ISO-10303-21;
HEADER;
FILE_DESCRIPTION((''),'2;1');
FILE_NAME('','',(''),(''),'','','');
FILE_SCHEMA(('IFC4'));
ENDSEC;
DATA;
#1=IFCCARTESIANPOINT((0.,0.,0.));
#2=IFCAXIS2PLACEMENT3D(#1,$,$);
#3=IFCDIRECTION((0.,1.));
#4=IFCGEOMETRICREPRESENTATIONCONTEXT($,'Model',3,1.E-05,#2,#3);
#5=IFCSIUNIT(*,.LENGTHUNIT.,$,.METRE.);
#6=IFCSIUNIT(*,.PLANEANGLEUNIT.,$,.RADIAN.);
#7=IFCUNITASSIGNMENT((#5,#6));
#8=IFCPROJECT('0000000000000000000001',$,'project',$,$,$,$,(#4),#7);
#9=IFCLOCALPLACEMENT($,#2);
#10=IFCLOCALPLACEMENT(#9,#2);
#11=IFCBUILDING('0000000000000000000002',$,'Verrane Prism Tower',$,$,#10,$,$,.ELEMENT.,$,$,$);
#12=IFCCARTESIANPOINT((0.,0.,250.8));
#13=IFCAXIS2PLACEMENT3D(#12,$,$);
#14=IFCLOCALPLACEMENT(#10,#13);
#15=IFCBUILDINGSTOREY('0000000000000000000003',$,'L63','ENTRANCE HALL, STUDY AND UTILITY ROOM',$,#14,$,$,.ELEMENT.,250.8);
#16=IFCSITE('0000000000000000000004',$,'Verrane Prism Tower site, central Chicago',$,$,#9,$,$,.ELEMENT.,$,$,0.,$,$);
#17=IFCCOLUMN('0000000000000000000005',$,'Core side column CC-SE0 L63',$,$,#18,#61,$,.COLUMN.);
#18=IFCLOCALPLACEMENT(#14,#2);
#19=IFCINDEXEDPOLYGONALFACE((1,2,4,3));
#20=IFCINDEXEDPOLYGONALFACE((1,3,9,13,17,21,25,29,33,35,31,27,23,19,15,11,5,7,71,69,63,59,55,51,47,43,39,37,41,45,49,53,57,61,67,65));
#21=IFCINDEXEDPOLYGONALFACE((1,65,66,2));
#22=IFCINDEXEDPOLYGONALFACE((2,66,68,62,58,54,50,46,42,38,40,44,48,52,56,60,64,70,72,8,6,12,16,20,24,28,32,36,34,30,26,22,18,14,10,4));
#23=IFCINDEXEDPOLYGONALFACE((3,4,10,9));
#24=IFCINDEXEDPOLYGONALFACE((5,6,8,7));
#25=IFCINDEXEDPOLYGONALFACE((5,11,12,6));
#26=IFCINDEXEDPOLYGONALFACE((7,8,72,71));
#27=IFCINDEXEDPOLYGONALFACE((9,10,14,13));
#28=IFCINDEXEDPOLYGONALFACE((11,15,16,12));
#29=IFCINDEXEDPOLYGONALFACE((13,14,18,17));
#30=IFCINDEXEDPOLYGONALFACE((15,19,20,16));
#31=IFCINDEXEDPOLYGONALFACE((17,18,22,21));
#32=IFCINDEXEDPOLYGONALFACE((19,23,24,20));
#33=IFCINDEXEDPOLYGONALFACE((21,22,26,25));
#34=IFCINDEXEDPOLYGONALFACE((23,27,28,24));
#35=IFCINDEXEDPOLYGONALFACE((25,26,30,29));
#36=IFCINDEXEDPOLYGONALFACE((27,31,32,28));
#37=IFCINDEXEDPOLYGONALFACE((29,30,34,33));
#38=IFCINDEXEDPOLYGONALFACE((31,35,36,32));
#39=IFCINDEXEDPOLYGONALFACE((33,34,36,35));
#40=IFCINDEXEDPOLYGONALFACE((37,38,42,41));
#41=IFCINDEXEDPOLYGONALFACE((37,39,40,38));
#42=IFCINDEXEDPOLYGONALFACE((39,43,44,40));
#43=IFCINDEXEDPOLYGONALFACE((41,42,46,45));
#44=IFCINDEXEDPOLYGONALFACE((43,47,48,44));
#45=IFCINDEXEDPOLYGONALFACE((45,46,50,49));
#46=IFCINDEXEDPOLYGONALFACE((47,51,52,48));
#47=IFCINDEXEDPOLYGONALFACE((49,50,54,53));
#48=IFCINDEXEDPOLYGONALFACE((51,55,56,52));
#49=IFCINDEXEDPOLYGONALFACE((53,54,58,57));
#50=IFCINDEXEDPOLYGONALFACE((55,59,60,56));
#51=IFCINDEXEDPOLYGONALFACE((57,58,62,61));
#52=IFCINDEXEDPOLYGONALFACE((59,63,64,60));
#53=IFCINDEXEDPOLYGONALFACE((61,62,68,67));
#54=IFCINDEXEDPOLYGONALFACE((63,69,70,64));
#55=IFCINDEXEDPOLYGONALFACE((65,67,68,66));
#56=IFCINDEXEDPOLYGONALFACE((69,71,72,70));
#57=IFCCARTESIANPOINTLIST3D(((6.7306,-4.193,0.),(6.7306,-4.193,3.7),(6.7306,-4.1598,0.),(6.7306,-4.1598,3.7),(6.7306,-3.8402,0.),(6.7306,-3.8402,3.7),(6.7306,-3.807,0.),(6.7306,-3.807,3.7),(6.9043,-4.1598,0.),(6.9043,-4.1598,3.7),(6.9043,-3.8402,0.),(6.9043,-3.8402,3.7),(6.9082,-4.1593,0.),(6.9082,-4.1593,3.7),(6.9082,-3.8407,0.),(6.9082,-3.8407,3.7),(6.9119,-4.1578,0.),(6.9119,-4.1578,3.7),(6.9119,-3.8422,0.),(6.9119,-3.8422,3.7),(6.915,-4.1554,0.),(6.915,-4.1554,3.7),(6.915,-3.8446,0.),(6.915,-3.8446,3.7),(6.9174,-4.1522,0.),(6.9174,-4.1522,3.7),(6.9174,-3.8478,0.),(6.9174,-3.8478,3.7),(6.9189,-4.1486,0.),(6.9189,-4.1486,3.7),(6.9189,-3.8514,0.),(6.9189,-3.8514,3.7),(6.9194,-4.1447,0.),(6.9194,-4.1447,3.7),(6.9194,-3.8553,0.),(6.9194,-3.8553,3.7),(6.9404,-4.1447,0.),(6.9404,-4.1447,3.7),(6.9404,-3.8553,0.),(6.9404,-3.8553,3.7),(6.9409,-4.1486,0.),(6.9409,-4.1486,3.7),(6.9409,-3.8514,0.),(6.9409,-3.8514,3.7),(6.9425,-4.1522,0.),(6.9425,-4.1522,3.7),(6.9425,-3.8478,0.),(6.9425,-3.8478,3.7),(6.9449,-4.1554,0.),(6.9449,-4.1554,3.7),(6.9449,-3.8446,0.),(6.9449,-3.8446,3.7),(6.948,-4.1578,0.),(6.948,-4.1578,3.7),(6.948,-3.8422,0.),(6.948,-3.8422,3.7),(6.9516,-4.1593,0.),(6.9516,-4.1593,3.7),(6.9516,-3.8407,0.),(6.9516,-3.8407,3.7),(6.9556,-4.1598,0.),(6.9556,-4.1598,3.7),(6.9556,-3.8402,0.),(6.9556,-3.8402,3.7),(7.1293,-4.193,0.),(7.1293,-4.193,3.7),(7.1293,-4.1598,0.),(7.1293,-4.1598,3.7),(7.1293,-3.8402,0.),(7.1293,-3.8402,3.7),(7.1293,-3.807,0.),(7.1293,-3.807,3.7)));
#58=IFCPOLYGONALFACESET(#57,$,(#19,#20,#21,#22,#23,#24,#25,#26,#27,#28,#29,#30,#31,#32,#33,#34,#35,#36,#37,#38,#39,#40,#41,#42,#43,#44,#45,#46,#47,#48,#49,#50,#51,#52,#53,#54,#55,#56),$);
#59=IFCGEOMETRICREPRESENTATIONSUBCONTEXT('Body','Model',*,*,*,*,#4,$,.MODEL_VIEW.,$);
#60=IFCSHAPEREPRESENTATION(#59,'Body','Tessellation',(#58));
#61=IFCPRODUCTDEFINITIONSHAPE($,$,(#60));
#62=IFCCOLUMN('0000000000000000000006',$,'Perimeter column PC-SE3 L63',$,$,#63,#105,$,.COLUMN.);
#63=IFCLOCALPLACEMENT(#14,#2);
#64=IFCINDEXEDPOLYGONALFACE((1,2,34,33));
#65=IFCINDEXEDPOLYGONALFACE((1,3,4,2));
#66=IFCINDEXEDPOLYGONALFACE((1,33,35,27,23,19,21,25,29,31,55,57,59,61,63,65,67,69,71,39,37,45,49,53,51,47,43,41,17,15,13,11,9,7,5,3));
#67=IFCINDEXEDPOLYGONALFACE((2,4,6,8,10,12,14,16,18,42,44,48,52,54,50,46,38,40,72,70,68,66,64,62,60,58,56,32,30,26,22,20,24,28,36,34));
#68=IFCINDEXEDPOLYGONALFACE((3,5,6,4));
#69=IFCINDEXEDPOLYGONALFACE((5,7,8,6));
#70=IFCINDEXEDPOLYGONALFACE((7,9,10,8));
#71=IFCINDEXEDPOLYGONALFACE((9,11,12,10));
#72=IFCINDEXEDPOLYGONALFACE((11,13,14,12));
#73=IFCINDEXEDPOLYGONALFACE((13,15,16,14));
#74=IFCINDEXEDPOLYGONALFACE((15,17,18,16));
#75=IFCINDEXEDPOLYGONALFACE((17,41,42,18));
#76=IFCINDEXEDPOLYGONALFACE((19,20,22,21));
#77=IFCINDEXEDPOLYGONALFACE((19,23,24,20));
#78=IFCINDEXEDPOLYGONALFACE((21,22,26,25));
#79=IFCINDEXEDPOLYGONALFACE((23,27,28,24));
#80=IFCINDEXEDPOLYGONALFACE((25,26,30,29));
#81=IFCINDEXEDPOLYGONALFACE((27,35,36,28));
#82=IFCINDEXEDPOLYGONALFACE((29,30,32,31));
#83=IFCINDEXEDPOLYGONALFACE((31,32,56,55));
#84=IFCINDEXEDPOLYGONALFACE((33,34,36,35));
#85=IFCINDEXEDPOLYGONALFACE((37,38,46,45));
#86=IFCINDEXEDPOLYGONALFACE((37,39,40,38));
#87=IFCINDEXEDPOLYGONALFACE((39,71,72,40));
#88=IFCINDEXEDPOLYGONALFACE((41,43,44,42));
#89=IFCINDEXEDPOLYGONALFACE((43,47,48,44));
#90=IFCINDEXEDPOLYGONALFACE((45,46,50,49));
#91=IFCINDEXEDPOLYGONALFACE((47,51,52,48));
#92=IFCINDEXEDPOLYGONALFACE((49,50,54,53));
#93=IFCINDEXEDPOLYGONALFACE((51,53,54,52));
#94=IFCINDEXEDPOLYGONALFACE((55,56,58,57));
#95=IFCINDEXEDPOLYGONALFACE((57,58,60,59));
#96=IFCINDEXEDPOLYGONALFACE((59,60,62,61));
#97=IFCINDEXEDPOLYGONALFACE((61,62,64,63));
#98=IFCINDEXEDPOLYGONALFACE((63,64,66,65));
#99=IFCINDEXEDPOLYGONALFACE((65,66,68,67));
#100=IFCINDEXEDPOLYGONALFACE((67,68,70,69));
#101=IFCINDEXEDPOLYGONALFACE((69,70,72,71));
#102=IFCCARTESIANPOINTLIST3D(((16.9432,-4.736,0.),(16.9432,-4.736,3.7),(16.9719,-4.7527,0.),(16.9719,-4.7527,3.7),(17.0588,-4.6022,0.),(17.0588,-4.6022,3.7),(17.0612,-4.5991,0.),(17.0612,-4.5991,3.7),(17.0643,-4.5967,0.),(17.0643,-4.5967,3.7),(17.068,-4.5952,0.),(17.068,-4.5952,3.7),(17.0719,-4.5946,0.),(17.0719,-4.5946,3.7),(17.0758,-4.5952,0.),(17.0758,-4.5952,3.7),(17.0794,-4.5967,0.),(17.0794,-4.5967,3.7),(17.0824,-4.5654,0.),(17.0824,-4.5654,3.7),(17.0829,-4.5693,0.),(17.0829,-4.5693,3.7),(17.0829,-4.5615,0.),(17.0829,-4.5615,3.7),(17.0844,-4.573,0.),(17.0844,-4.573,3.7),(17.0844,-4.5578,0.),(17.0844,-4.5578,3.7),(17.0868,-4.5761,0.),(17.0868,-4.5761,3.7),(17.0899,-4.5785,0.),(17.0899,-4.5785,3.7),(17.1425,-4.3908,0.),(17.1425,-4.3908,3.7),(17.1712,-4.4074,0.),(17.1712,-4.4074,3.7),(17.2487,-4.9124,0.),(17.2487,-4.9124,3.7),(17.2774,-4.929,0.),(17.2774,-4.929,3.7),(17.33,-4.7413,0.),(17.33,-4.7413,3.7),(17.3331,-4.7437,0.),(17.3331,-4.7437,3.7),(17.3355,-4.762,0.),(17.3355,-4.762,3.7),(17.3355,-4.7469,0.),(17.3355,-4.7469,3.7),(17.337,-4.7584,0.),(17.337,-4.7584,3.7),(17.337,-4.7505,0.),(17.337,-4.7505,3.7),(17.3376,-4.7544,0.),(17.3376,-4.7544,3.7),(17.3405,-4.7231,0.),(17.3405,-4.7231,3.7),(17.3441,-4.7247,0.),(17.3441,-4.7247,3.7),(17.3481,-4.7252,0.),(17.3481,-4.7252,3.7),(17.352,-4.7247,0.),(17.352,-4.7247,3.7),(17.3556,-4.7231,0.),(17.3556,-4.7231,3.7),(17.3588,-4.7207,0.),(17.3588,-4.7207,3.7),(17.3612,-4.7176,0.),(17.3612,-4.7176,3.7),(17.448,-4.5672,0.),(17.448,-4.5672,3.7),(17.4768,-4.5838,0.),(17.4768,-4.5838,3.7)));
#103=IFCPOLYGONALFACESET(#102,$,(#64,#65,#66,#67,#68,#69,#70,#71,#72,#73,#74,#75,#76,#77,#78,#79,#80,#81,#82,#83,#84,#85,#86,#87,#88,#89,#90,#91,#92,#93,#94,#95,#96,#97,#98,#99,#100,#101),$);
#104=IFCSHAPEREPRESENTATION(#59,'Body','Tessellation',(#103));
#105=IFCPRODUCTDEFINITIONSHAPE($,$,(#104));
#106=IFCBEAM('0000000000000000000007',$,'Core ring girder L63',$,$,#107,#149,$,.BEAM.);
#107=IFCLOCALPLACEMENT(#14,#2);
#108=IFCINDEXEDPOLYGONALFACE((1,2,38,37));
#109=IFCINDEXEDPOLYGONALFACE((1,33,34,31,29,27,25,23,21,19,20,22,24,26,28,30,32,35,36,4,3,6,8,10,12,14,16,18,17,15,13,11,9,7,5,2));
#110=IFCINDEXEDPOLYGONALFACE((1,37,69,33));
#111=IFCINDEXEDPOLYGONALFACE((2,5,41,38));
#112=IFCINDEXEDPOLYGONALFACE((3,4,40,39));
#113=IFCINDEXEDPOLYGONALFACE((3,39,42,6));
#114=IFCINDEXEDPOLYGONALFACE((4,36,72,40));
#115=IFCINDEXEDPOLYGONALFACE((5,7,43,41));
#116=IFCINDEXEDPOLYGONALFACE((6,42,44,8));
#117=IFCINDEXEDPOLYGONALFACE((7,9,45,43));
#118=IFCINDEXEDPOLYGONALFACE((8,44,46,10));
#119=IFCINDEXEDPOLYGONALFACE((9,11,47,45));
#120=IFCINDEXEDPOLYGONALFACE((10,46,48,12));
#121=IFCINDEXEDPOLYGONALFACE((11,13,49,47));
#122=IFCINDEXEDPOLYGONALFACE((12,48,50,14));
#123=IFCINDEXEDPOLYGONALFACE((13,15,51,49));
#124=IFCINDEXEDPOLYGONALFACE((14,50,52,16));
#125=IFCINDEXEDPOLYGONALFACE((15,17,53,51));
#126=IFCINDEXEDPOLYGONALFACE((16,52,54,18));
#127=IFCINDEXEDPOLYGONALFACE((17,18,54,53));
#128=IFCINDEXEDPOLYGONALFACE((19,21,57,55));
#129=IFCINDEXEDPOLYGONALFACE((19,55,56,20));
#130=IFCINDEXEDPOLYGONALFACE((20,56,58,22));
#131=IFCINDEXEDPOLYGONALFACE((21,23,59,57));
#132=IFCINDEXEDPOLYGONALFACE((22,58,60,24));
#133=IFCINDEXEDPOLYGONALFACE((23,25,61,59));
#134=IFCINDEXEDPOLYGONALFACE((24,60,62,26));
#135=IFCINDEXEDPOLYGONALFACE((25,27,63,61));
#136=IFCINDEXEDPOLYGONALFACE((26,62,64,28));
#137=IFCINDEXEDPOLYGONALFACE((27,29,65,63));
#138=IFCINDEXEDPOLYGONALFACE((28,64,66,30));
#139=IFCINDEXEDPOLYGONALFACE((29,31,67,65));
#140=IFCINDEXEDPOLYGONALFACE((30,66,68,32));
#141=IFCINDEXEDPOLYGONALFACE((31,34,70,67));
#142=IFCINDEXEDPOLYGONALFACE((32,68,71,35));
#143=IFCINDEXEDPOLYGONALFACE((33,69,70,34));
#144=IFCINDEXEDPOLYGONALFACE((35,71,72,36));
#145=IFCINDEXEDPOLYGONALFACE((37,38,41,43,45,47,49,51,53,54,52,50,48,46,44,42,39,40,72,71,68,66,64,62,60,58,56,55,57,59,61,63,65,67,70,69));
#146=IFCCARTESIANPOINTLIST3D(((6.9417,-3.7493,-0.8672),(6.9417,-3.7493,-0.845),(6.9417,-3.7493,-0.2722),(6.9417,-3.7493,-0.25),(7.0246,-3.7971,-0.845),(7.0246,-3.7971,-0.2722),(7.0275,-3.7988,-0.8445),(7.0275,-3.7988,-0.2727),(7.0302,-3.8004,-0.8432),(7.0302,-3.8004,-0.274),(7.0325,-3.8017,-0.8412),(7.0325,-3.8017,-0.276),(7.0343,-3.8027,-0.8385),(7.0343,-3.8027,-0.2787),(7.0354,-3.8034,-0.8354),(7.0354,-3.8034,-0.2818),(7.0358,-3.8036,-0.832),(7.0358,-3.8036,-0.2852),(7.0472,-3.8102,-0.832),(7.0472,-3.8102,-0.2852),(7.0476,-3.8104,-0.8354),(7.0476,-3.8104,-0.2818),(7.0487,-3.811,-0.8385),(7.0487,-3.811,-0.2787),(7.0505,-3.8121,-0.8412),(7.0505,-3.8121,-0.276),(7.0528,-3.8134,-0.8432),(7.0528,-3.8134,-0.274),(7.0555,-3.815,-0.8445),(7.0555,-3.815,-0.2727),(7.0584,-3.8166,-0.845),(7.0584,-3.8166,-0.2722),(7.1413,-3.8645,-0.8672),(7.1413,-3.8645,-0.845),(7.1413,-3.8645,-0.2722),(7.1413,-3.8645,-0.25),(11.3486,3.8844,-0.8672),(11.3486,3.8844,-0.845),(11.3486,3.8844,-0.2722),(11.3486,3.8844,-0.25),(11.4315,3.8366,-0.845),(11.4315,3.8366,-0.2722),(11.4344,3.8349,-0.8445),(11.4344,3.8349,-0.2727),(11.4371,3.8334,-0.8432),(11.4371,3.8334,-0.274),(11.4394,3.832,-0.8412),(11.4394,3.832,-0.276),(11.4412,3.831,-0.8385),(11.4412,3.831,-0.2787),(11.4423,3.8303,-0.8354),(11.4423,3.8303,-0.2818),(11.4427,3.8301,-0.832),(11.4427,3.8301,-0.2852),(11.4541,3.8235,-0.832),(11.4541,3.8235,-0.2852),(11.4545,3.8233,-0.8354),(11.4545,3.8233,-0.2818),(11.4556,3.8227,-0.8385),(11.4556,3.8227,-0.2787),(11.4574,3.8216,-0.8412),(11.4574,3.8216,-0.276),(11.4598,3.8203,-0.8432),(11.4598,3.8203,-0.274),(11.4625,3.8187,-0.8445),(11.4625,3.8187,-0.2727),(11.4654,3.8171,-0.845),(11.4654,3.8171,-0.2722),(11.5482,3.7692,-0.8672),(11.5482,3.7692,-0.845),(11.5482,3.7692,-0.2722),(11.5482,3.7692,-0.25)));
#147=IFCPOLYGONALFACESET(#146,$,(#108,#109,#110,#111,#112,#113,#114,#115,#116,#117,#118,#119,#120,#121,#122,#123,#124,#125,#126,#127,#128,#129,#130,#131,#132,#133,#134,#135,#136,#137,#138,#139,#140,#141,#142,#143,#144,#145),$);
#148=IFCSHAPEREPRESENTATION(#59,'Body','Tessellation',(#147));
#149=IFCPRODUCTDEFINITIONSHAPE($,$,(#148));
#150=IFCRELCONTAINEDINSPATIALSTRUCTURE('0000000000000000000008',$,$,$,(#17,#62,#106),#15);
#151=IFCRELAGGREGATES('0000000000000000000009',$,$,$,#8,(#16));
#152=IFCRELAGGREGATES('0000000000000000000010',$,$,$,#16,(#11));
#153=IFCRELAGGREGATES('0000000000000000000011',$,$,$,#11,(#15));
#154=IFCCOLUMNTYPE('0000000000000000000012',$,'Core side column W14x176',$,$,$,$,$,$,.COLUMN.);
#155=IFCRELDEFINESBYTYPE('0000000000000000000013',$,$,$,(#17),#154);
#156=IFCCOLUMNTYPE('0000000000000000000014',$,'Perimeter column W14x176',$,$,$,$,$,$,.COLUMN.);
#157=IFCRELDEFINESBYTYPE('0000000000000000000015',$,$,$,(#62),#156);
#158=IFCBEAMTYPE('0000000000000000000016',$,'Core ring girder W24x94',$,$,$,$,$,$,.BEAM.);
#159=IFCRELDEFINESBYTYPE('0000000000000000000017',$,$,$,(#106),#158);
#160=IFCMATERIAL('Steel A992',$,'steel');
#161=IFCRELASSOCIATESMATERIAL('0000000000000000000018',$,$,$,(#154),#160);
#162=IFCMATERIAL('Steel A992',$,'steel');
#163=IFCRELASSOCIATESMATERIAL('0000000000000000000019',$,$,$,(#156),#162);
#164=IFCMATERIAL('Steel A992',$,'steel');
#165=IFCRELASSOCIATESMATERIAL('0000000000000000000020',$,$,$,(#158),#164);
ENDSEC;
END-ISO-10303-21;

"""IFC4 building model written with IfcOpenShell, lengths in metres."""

from ifc_helpers import new_model, si_unit, direction, frame, origin, origin_2d, place, context, subcontext, project, spatial, i_section, extrude, material, material_profile, profile_set, type_object, element, save


model = new_model("IFC4")

# Units and contexts
model_context = context("Model", 3, precision=1e-05, world=origin(), true_north=direction((0.0, 1.0)))
body_context = subcontext(model_context, "Body", "Model", "MODEL_VIEW")
ifc_project = project(units=[si_unit("LENGTHUNIT", "METRE"), si_unit("PLANEANGLEUNIT", "RADIAN")], contexts=[model_context])

# Site, building, storey
site_placement = place(None, origin())
site = spatial("IfcSite", under=ifc_project, at=site_placement, Name="Verrane Prism Tower site, central Chicago", CompositionType="ELEMENT", RefElevation=0.0)
building_placement = place(site_placement, origin())
building = spatial("IfcBuilding", under=site, at=building_placement, Name="Verrane Prism Tower", CompositionType="ELEMENT")
storey_placement = place(building_placement, frame((0.0, 0.0, 250.8)))
storey = spatial("IfcBuildingStorey", under=building, at=storey_placement, Name="L63", Description="ENTRANCE HALL, STUDY AND UTILITY ROOM", CompositionType="ELEMENT", Elevation=250.8)

# Columns
ifc_material_1 = material(Name="Steel A992", Category="steel")
ifc_material_profile_1 = material_profile(ifc_material_1, i_section(OverallWidth=0.3987, OverallDepth=0.386, WebThickness=0.021, FlangeThickness=0.0332, FilletRadius=0.0151, at=origin_2d()), Name="W14x176")
ifc_profile_set_1 = profile_set([ifc_material_profile_1], Name="Steel A992")
column_type_1 = type_object("IfcColumnType", Name="Core side column W14x176", PredefinedType="COLUMN", material=ifc_profile_set_1)
column_1_placement = place(storey_placement, frame((6.9299, -4.0, 0.0), z_axis=(0.0, 0.0, 1.0), x_axis=(1.0, 0.0, 0.0)))
element("IfcColumn", 1, at=column_1_placement, inside=storey, type_object=column_type_1, Name="Core side column CC-SE0 L63", PredefinedType="COLUMN", context=body_context, shape_type="SweptSolid", body=[
    extrude(i_section(OverallWidth=0.3987, OverallDepth=0.386, WebThickness=0.021, FlangeThickness=0.0332, FilletRadius=0.0151, at=origin_2d()), origin(), (0.0, 0.0, 1.0), 3.7),
])
ifc_material_2 = material(Name="Steel A992", Category="steel")
ifc_material_profile_2 = material_profile(ifc_material_2, i_section(OverallWidth=0.3987, OverallDepth=0.386, WebThickness=0.021, FlangeThickness=0.0332, FilletRadius=0.0151, at=origin_2d()), Name="W14x176")
ifc_profile_set_2 = profile_set([ifc_material_profile_2], Name="Steel A992")
column_type_2 = type_object("IfcColumnType", Name="Perimeter column W14x176", PredefinedType="COLUMN", material=ifc_profile_set_2)
column_2_placement = place(storey_placement, frame((17.21, -4.6599, 0.0), z_axis=(0.0, 0.0, 1.0), x_axis=(-0.5, -0.866025, 0.0)))
element("IfcColumn", 2, at=column_2_placement, inside=storey, type_object=column_type_2, Name="Perimeter column PC-SE3 L63", PredefinedType="COLUMN", context=body_context, shape_type="SweptSolid", body=[
    extrude(i_section(OverallWidth=0.3987, OverallDepth=0.386, WebThickness=0.021, FlangeThickness=0.0332, FilletRadius=0.0151, at=origin_2d()), origin(), (0.0, 0.0, 1.0), 3.7),
])

# Beam
ifc_material_3 = material(Name="Steel A992", Category="steel")
ifc_material_profile_3 = material_profile(ifc_material_3, i_section(OverallWidth=0.2305, OverallDepth=0.6172, WebThickness=0.0132, FlangeThickness=0.0222, FilletRadius=0.0129, at=origin_2d()), Name="W24x94")
ifc_profile_set_3 = profile_set([ifc_material_profile_3], Name="Steel A992")
beam_type_1 = type_object("IfcBeamType", Name="Core ring girder W24x94", PredefinedType="BEAM", material=ifc_profile_set_3)
beam_1_placement = place(storey_placement, frame((7.0415, -3.8069, -0.5586), z_axis=(0.499967, 0.866044, 0.0), x_axis=(-0.866044, 0.499967, 0.0)))
element("IfcBeam", 3, at=beam_1_placement, inside=storey, type_object=beam_type_1, Name="Core ring girder L63", PredefinedType="BEAM", context=body_context, shape_type="SweptSolid", body=[
    extrude(i_section(OverallWidth=0.2305, OverallDepth=0.6172, WebThickness=0.0132, FlangeThickness=0.0222, FilletRadius=0.0129, at=origin_2d()), origin(), (0.0, 0.0, 1.0), 8.8145),
])

save(model, "model.ifc")
